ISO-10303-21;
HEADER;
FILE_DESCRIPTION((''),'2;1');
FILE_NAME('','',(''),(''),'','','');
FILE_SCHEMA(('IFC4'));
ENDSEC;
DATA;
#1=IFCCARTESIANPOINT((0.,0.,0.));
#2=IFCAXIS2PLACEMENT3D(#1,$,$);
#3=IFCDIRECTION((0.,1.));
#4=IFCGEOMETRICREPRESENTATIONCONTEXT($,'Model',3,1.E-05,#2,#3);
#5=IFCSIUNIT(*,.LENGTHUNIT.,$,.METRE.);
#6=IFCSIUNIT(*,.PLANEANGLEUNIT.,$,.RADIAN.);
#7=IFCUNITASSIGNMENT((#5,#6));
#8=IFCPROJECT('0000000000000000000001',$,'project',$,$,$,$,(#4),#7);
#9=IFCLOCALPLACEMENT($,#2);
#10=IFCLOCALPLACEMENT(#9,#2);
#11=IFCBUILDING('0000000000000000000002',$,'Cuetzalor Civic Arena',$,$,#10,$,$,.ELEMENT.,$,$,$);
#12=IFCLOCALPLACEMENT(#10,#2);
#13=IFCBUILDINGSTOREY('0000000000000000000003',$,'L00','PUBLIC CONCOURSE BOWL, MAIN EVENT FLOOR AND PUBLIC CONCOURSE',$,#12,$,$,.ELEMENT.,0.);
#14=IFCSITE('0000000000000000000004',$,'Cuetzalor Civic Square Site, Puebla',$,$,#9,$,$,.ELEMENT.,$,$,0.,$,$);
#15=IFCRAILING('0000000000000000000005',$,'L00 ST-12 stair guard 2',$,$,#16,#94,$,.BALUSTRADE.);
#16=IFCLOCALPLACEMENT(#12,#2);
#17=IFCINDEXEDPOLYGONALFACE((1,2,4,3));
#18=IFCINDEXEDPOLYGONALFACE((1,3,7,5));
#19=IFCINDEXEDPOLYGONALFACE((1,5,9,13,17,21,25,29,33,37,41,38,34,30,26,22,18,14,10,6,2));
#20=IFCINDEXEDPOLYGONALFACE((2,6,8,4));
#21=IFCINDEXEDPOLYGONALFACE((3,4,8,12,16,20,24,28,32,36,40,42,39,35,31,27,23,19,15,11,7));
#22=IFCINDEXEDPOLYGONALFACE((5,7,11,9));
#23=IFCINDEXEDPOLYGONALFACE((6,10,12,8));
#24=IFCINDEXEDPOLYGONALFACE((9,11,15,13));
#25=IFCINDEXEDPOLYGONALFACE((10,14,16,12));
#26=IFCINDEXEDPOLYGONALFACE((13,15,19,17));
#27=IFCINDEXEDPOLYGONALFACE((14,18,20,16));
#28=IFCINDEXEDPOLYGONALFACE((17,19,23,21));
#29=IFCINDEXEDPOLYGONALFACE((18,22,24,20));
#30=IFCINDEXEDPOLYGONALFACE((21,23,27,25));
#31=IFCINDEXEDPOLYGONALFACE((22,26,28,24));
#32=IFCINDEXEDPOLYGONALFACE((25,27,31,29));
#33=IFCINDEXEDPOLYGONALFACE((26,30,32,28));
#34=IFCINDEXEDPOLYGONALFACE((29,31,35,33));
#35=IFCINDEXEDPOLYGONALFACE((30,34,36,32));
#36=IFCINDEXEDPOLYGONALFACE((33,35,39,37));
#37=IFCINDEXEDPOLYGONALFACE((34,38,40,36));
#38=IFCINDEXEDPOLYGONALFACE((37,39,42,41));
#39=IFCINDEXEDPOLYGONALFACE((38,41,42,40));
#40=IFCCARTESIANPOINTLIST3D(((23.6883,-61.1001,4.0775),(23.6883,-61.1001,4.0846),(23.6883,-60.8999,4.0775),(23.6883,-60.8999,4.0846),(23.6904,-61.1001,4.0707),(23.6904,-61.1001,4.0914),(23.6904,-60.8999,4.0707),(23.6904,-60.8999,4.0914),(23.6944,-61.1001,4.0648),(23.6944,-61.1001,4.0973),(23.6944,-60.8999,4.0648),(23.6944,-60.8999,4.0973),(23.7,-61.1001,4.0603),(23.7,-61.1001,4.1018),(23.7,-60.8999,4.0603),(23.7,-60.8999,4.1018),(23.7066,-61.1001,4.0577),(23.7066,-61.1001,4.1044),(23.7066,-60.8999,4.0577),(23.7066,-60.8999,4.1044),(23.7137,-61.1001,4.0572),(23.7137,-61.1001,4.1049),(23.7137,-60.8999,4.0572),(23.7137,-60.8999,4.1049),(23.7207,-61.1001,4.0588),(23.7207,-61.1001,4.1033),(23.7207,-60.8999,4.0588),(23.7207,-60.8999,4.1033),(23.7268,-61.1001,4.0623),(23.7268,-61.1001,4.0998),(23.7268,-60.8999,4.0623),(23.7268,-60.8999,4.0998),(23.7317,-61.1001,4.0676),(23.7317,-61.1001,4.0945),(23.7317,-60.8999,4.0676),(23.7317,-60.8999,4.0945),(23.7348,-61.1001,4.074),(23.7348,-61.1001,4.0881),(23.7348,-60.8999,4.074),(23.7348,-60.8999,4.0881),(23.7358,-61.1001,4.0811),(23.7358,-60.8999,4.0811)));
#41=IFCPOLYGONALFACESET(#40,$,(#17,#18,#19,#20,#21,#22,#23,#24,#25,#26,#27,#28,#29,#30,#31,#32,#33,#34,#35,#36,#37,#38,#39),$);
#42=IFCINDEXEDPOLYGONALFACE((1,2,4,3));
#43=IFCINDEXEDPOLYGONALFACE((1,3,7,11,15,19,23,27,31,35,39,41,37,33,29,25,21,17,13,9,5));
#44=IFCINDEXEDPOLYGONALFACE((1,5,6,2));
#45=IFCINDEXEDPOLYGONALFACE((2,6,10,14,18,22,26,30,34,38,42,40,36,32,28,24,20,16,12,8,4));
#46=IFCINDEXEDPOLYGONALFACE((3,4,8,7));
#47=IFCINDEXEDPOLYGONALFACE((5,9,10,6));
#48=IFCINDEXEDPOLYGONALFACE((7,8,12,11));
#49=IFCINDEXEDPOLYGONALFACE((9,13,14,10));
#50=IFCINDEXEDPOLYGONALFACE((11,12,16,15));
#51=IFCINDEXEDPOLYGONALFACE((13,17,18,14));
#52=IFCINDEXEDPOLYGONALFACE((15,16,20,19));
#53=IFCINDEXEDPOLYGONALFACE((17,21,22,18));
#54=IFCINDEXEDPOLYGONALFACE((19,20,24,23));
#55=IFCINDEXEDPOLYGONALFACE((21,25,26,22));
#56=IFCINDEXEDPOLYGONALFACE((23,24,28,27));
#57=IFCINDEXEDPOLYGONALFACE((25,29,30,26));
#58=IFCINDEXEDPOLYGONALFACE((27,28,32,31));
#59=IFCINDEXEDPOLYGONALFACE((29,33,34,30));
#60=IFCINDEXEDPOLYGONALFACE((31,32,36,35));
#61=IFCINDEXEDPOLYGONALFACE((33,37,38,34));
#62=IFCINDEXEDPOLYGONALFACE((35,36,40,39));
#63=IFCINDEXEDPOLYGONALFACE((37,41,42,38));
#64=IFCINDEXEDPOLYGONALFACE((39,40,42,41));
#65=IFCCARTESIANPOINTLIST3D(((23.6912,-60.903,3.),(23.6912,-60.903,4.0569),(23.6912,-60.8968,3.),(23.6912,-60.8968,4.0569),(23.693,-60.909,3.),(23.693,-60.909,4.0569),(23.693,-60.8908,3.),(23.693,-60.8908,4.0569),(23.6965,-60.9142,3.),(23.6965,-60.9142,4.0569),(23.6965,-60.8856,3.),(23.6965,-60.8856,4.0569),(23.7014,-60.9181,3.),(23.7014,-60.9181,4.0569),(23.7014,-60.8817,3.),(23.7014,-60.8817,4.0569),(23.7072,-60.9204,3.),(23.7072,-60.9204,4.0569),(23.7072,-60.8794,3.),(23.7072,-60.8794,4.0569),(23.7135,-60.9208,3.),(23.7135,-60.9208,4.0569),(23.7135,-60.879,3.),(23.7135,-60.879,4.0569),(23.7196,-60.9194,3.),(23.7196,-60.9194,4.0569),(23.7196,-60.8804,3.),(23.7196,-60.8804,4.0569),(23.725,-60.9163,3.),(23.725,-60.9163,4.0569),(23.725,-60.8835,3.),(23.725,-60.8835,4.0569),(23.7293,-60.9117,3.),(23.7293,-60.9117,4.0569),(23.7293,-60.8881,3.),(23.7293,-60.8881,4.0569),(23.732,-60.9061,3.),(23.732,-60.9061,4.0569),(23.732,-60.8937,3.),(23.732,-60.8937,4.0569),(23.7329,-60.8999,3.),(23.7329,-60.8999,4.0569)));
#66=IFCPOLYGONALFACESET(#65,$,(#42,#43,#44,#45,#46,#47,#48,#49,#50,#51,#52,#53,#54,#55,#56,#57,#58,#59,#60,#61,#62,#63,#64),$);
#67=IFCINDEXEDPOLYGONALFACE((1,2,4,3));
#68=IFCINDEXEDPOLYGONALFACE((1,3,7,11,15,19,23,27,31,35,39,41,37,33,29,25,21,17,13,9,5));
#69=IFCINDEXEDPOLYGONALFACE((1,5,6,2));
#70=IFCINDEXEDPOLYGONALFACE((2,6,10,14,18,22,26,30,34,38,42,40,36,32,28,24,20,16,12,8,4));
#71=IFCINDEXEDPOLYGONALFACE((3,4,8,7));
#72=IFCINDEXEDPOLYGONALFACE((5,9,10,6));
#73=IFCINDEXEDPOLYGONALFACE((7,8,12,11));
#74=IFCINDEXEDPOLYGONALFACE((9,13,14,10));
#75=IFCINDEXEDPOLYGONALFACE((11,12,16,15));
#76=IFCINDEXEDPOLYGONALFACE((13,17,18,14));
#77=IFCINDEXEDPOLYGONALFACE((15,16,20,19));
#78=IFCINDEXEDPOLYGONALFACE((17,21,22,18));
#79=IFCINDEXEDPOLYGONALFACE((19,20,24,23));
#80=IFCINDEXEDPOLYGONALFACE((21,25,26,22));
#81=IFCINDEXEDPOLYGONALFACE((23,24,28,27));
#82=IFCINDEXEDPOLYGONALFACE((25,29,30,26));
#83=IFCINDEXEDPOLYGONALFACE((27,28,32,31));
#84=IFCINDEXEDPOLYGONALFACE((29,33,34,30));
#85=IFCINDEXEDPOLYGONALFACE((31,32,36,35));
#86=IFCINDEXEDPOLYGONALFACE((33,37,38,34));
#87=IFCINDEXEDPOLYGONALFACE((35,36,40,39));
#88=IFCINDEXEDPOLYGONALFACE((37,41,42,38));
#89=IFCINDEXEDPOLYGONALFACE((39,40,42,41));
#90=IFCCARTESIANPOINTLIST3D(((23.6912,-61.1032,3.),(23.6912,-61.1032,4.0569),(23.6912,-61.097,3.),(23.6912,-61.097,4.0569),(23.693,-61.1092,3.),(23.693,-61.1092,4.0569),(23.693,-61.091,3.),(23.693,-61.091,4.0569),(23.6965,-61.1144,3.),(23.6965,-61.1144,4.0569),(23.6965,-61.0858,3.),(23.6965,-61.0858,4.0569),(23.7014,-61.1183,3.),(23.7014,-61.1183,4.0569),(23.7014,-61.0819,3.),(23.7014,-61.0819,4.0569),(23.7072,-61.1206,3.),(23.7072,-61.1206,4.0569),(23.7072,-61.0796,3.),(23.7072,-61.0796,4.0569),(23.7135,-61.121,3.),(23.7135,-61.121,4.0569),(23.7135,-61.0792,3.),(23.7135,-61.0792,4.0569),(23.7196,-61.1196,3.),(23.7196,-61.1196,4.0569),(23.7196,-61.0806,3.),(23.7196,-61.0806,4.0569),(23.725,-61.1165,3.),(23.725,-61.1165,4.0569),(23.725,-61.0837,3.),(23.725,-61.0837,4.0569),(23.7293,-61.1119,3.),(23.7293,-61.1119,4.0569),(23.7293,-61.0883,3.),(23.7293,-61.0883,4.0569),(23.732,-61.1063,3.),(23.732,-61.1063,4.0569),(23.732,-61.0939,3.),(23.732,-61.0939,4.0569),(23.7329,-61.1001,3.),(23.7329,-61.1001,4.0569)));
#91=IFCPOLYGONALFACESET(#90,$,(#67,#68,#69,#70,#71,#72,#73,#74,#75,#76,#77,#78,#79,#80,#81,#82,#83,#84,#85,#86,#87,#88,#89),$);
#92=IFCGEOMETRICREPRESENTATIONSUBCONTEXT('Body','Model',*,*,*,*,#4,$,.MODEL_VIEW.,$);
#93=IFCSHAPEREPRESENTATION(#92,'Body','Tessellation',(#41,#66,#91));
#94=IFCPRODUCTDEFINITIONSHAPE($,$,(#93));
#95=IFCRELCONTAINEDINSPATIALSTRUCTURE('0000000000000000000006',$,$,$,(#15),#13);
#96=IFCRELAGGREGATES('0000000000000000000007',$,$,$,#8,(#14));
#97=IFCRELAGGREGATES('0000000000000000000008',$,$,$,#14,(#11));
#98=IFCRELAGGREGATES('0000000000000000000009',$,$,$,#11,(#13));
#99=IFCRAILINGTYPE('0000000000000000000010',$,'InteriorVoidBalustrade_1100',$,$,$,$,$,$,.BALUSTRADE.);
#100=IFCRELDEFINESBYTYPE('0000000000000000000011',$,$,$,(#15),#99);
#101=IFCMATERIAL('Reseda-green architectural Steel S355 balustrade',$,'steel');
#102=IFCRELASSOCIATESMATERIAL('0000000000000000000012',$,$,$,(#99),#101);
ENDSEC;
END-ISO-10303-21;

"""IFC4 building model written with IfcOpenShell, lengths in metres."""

from ifc_helpers import new_model, si_unit, direction, frame, origin, origin_2d, place, context, subcontext, project, spatial, circle, extrude, material, type_object, element, save


model = new_model("IFC4")

# Units and contexts
model_context = context("Model", 3, precision=1e-05, world=origin(), true_north=direction((0.0, 1.0)))
body_context = subcontext(model_context, "Body", "Model", "MODEL_VIEW")
ifc_project = project(units=[si_unit("LENGTHUNIT", "METRE"), si_unit("PLANEANGLEUNIT", "RADIAN")], contexts=[model_context])

# Site, building, storey
site_placement = place(None, origin())
site = spatial("IfcSite", under=ifc_project, at=site_placement, Name="Cuetzalor Civic Square Site, Puebla", CompositionType="ELEMENT", RefElevation=0.0)
building_placement = place(site_placement, origin())
building = spatial("IfcBuilding", under=site, at=building_placement, Name="Cuetzalor Civic Arena", CompositionType="ELEMENT")
storey_placement = place(building_placement, origin())
storey = spatial("IfcBuildingStorey", under=building, at=storey_placement, Name="L00", Description="PUBLIC CONCOURSE BOWL, MAIN EVENT FLOOR AND PUBLIC CONCOURSE", CompositionType="ELEMENT", Elevation=0.0)

# Railing
ifc_material_1 = material(Name="Reseda-green architectural Steel S355 balustrade", Category="steel")
railing_type_1 = type_object("IfcRailingType", Name="InteriorVoidBalustrade_1100", PredefinedType="BALUSTRADE", material=ifc_material_1)
railing_1_placement = place(storey_placement, frame((23.7119, -60.8999, 3.0)))
element("IfcRailing", 1, at=railing_1_placement, inside=storey, type_object=railing_type_1, Name="L00 ST-12 stair guard 2", PredefinedType="BALUSTRADE", context=body_context, shape_type="SweptSolid", body=[
    extrude(circle(Radius=0.0239, at=origin_2d()), frame((0.0, 0.0, 1.0811), z_axis=(0.0, -1.0, 0.0), x_axis=(1.0, 0.0, 0.0)), (0.0, 0.0, 1.0), 0.2002),
    extrude(circle(Radius=0.021, at=origin_2d()), origin(), (0.0, 0.0, 1.0), 1.0569),
    extrude(circle(Radius=0.021, at=origin_2d()), frame((0.0, -0.2002, 0.0)), (0.0, 0.0, 1.0), 1.0569),
])

save(model, "model.ifc")
